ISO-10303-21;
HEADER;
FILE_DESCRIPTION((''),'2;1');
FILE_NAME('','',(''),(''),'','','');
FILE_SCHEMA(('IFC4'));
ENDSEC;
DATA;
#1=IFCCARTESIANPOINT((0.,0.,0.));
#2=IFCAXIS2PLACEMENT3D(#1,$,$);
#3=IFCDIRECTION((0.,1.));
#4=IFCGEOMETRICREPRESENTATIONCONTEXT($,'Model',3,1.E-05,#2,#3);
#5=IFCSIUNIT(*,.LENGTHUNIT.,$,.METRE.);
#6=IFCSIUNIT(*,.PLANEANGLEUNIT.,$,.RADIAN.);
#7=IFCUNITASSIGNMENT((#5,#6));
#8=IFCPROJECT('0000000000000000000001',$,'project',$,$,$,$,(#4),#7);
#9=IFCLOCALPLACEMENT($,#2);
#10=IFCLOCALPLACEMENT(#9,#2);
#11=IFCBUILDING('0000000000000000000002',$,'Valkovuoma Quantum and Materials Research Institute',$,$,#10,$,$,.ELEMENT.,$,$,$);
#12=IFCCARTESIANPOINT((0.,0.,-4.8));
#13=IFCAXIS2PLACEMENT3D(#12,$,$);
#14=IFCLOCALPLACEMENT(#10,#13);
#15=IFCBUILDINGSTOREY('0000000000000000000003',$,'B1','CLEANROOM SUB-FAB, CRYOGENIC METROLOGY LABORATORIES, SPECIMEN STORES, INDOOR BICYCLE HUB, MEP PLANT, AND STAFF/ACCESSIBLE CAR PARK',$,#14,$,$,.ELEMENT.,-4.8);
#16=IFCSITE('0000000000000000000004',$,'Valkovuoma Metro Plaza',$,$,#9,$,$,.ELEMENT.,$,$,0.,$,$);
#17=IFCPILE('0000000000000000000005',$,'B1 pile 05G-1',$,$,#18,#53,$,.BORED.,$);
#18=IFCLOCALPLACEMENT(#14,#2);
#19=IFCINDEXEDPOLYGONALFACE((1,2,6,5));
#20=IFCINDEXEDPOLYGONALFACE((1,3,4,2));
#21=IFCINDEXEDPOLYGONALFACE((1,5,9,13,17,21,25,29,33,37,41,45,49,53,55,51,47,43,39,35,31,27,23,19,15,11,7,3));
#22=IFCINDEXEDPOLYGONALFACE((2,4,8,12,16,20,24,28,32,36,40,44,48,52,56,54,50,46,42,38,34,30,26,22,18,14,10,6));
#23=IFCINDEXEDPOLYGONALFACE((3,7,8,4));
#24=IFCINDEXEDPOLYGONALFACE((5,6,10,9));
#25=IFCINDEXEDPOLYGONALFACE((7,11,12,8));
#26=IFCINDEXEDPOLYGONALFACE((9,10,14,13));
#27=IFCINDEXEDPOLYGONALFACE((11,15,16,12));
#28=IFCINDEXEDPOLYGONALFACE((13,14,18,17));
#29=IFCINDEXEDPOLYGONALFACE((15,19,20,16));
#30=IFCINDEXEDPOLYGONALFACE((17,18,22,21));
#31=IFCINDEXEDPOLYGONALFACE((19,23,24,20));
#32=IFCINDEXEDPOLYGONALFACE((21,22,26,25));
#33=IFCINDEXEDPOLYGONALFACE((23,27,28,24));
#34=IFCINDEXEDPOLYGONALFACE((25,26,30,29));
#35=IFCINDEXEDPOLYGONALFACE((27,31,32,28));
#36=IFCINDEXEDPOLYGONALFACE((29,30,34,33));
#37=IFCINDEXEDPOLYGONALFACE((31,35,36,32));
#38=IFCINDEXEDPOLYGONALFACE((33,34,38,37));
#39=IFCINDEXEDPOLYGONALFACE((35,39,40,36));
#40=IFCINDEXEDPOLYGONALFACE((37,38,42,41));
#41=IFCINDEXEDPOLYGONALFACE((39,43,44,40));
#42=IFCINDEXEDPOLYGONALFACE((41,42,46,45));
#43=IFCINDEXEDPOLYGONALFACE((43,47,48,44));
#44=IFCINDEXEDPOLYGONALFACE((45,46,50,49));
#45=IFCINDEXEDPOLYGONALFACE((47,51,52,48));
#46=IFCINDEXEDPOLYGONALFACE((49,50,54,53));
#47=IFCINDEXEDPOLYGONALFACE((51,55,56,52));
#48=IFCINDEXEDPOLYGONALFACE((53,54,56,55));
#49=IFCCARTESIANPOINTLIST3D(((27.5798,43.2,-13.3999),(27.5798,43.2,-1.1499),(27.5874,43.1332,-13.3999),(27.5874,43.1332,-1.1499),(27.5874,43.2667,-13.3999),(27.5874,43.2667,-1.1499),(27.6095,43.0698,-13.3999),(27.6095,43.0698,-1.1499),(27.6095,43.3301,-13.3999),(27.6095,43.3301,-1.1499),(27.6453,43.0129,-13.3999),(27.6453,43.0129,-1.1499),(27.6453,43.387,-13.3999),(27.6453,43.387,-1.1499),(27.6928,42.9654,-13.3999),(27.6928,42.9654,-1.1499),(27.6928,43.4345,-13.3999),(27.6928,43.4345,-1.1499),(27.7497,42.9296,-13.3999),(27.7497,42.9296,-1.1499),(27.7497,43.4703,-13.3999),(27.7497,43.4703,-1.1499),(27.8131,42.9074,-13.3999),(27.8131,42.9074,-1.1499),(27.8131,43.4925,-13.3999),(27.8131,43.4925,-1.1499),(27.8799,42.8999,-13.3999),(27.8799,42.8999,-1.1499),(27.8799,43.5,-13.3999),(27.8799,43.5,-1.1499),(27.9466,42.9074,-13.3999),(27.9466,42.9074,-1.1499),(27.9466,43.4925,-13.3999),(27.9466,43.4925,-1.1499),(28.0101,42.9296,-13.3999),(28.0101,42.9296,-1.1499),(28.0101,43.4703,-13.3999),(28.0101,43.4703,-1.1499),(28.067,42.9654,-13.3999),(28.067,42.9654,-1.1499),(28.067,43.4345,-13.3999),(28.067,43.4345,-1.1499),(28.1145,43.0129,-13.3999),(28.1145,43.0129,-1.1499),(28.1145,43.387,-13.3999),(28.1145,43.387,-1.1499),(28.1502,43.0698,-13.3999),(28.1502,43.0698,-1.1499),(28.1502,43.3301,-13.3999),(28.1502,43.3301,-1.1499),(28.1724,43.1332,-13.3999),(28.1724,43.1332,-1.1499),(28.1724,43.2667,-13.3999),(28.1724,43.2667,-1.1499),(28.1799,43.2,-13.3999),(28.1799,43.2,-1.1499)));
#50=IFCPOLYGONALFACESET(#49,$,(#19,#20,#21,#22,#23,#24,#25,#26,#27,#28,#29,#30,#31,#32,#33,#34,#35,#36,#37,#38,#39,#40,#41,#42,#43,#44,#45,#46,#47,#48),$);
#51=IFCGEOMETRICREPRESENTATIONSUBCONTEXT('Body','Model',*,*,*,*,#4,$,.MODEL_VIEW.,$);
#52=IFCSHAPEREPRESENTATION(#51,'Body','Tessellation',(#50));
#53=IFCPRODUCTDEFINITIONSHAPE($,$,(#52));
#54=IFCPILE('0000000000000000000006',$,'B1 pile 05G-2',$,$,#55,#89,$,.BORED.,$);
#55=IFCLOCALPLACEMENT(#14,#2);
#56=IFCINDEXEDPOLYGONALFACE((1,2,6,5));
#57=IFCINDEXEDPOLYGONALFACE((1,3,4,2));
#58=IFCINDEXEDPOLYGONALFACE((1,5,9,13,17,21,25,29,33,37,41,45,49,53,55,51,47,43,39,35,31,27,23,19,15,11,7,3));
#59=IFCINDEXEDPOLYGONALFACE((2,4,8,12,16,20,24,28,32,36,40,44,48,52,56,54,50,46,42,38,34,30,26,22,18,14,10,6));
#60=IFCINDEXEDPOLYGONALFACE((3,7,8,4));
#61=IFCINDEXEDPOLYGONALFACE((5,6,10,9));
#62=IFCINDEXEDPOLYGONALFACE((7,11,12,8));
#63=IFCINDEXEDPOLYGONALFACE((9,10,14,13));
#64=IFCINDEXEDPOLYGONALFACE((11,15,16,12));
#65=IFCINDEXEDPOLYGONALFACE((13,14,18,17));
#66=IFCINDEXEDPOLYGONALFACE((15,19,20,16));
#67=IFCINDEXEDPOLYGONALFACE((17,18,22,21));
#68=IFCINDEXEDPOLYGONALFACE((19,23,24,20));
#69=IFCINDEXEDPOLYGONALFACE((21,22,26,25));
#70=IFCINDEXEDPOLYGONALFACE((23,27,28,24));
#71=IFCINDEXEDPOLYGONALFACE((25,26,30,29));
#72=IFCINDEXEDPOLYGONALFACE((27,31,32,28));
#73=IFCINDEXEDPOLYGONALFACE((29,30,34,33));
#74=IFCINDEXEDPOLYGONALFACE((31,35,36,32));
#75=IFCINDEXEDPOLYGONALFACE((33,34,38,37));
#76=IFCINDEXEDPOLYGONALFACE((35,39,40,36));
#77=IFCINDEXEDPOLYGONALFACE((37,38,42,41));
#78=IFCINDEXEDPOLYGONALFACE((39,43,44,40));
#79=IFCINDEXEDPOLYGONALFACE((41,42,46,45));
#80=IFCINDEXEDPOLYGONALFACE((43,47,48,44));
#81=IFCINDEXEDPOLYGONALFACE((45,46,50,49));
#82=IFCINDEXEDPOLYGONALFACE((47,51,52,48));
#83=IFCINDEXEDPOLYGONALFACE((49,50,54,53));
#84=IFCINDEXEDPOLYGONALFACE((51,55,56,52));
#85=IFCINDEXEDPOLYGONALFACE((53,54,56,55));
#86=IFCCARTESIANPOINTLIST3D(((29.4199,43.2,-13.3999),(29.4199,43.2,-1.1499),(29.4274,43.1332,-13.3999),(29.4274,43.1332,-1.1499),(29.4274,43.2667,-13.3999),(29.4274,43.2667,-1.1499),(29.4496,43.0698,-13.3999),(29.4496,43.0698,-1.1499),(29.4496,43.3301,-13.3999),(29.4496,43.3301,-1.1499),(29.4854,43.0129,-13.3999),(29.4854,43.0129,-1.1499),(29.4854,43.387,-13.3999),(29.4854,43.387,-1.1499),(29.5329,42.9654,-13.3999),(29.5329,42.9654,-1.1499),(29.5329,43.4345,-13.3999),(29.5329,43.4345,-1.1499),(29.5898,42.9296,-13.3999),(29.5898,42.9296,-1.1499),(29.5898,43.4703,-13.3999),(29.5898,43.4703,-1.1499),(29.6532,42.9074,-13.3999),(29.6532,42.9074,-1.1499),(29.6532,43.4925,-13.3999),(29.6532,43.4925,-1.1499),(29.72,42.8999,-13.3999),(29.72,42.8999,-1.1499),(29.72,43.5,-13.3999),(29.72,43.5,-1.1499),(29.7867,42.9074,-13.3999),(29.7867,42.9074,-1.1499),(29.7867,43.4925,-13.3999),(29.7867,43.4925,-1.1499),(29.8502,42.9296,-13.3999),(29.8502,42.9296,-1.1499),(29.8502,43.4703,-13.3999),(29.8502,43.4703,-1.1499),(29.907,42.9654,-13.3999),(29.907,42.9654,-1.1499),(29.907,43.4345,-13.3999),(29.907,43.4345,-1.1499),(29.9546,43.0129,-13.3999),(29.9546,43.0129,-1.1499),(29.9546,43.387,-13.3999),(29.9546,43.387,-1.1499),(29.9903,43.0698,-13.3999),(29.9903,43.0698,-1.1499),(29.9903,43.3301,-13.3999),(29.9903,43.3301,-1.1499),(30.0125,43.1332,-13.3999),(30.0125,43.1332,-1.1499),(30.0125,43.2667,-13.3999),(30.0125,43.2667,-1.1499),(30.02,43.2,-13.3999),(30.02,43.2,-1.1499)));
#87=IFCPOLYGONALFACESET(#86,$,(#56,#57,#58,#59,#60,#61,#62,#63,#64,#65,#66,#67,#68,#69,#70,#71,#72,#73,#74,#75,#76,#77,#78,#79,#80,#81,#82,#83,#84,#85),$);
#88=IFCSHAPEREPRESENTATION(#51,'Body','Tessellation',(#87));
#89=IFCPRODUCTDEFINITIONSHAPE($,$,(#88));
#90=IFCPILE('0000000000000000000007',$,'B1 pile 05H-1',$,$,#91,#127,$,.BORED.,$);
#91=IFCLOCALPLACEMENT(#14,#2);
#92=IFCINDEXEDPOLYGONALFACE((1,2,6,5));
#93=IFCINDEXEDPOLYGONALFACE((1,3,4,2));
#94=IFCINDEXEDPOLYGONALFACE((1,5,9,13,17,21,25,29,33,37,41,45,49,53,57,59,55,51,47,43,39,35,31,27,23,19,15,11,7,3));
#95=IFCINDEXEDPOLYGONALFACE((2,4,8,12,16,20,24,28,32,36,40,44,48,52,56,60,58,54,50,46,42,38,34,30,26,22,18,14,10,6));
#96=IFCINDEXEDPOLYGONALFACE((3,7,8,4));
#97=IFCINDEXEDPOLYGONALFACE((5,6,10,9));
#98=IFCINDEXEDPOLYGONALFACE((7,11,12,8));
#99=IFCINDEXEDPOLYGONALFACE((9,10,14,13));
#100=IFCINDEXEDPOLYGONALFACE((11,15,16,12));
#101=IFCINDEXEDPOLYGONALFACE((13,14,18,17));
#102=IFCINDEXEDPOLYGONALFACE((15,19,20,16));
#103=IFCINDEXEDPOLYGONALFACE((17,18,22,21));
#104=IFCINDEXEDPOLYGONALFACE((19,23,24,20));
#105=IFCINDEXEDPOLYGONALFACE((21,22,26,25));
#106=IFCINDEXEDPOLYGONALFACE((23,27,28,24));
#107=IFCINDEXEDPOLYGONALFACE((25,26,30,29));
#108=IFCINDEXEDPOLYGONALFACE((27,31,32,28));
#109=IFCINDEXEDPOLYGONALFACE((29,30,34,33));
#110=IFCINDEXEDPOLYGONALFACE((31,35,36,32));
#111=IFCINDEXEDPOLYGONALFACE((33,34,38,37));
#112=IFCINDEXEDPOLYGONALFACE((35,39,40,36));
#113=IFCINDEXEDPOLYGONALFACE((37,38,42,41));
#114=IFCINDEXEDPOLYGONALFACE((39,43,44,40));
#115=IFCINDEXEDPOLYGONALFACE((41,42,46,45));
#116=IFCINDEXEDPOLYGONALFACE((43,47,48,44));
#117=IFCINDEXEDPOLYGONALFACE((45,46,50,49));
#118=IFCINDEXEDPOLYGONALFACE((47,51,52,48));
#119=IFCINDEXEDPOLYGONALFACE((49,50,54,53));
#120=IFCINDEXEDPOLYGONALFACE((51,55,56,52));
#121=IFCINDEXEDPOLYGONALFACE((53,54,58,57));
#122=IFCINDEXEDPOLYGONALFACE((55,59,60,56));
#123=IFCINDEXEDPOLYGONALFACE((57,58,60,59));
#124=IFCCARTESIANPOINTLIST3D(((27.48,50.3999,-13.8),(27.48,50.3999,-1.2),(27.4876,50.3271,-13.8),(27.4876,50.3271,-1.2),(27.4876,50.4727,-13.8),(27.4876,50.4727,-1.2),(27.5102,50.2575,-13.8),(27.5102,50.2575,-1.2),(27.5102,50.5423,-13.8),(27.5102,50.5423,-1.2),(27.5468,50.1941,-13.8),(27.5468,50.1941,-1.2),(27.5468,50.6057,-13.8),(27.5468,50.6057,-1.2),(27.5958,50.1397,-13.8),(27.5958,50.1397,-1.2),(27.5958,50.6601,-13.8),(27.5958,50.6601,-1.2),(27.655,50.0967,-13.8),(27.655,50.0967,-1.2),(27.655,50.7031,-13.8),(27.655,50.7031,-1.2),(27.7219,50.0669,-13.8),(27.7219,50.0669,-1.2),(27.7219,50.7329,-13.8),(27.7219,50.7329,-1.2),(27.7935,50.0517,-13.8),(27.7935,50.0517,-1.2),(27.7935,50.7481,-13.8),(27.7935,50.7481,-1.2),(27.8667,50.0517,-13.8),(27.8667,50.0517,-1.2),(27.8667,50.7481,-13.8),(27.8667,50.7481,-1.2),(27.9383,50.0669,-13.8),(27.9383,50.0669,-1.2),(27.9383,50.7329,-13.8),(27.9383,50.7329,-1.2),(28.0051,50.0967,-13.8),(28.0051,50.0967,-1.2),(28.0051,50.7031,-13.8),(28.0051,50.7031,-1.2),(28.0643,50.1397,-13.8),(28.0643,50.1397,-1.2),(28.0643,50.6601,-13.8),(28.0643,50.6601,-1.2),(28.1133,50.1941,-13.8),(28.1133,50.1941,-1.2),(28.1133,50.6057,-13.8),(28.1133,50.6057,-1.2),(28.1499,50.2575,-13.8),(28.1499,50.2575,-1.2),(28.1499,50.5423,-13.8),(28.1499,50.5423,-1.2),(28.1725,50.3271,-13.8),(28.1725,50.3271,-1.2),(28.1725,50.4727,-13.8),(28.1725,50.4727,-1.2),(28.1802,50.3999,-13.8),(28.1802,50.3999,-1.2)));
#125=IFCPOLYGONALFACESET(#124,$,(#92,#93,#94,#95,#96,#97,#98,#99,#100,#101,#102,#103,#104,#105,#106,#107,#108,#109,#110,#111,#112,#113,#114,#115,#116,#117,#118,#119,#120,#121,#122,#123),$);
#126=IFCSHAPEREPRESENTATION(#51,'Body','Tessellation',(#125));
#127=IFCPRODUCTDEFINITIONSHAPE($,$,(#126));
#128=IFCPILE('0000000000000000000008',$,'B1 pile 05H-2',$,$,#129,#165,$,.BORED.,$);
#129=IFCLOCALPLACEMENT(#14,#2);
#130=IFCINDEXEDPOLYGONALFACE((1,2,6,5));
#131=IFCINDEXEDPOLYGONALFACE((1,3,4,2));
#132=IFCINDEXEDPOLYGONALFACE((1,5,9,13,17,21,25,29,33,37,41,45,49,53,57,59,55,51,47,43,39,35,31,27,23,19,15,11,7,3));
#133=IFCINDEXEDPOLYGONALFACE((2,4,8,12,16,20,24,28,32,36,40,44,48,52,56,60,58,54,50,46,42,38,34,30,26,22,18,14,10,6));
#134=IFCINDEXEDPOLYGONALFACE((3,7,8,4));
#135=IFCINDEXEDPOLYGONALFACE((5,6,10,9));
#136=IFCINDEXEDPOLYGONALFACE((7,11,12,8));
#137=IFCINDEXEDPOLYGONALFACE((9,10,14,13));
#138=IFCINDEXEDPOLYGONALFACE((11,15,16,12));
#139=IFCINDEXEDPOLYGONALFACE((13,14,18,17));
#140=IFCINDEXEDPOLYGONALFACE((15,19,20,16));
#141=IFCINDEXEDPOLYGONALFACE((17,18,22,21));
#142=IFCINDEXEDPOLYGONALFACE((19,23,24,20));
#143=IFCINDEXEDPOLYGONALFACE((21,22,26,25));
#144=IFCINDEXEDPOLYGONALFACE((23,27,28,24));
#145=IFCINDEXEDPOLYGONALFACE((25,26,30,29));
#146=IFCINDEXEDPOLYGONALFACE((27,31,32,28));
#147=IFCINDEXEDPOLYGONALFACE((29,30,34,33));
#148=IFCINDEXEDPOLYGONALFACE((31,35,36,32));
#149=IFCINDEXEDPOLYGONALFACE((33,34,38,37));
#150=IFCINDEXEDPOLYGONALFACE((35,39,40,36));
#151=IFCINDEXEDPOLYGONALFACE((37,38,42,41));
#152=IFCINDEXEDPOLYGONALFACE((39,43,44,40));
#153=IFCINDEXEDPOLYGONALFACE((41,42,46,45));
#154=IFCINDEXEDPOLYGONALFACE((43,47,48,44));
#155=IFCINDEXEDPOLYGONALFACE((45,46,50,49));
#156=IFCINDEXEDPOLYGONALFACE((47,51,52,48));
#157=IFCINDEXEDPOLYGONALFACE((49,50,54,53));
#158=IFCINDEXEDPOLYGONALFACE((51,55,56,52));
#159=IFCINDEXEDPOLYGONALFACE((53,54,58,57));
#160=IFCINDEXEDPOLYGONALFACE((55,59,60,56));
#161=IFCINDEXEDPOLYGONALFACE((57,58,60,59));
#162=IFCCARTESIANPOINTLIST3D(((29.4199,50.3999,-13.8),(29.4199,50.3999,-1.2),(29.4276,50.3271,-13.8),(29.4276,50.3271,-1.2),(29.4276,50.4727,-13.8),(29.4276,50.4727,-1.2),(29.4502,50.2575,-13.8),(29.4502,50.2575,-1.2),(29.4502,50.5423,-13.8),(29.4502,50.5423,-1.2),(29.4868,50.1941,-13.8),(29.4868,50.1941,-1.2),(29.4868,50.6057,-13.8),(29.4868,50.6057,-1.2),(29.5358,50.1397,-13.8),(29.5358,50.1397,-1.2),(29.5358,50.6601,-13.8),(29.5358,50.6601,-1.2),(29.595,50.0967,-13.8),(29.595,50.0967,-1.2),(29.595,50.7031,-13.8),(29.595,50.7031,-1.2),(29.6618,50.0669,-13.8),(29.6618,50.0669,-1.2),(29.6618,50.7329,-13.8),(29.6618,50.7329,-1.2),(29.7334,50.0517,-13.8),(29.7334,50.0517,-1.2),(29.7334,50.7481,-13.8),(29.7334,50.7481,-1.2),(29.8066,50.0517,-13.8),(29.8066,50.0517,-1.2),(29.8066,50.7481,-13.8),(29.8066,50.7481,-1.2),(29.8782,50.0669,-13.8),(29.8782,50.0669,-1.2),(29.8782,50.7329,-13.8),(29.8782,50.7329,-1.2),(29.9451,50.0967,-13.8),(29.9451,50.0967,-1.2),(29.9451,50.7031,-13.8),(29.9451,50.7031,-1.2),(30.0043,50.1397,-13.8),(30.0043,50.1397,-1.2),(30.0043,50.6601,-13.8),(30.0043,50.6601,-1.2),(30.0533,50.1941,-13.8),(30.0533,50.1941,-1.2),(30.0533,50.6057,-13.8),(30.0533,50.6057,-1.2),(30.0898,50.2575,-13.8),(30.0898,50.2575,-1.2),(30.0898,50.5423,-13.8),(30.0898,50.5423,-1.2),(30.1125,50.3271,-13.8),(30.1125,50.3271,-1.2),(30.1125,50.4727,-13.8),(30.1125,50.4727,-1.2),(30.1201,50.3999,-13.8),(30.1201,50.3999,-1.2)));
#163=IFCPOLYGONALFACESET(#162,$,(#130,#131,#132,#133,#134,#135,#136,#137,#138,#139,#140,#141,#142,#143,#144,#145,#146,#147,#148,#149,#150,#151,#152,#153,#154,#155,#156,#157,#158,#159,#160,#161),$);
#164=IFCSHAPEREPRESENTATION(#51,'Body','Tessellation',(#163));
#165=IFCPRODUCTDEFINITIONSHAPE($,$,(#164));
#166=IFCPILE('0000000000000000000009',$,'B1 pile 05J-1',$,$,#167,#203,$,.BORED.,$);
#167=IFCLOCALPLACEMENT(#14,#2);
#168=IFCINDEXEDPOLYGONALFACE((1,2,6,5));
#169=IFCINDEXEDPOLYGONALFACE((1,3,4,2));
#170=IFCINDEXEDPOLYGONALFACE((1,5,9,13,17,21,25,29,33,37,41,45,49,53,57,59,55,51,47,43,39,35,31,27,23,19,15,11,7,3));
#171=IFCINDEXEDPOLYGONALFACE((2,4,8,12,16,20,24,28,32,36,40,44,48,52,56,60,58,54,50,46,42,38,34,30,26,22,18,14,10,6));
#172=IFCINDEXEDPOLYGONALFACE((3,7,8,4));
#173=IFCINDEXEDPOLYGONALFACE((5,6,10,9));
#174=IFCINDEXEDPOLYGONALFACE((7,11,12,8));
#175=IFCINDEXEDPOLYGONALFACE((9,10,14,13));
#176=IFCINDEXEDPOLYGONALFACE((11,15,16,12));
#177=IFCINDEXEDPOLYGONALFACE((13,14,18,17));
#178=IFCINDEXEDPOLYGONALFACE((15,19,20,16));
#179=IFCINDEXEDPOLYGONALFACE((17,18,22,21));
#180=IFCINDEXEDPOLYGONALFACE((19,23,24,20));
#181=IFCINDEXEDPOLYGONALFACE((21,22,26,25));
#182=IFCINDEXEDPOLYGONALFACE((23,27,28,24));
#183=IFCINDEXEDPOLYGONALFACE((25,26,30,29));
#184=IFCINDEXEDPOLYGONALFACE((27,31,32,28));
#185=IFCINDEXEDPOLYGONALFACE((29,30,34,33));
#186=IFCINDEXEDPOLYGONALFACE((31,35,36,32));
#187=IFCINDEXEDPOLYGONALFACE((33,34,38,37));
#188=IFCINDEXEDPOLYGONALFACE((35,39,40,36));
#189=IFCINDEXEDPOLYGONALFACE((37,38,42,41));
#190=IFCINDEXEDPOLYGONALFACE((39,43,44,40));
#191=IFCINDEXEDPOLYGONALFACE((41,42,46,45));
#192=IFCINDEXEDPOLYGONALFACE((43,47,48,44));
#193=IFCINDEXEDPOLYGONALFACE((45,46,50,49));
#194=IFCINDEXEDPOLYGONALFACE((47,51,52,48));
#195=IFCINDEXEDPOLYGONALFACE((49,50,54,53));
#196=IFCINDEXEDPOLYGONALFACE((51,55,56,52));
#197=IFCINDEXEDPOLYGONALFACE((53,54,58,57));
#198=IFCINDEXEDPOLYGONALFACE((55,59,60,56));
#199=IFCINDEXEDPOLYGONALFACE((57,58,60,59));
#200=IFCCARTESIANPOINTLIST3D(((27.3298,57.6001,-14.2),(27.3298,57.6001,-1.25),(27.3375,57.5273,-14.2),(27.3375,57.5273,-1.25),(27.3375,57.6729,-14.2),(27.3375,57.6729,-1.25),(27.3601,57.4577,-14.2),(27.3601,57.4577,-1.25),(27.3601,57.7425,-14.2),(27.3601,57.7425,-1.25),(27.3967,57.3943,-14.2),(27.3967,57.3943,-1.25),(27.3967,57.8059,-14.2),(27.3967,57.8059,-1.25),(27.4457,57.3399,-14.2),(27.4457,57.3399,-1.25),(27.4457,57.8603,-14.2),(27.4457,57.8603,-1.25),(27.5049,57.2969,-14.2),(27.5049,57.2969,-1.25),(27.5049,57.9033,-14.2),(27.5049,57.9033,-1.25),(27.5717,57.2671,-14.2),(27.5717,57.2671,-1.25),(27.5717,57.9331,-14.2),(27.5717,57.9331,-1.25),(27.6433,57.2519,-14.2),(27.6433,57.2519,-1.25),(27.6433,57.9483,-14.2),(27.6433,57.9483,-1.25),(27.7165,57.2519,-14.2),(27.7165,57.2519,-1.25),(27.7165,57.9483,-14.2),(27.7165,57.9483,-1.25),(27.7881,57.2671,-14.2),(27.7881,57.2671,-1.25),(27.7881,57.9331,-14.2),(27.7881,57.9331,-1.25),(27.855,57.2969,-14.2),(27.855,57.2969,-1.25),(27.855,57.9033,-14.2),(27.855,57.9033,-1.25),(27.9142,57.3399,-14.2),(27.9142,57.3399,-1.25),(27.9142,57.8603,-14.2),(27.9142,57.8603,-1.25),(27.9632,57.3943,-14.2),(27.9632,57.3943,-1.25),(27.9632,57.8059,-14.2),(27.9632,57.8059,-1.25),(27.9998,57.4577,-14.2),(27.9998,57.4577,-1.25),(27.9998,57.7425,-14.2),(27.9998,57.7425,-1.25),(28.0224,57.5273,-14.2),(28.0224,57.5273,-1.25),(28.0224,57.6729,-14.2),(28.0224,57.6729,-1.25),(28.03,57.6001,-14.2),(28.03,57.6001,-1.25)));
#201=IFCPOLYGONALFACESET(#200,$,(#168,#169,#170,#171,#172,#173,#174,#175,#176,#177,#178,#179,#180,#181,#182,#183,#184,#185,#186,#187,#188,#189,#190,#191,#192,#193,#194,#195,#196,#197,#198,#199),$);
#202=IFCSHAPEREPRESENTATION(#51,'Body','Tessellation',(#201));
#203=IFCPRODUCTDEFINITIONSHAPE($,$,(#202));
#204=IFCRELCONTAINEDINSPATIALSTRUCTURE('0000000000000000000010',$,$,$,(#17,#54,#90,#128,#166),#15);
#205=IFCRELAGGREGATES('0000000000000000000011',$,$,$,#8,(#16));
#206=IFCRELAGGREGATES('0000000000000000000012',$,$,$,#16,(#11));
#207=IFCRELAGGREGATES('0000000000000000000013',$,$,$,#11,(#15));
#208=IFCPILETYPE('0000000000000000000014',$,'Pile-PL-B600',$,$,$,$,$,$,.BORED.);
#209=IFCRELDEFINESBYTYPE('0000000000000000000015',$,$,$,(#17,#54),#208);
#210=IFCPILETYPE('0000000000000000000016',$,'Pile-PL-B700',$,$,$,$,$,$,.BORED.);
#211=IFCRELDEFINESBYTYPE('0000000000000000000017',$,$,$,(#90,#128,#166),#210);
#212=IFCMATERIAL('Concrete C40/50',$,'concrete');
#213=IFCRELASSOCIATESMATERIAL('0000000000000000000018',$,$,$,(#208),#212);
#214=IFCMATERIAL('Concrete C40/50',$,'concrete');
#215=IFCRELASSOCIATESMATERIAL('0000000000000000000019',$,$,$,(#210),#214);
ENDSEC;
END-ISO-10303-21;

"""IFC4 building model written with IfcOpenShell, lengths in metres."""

from ifc_helpers import new_model, si_unit, direction, frame, origin, origin_2d, place, context, subcontext, project, spatial, circle, extrude, material, material_profile, profile_set, type_object, element, save


model = new_model("IFC4")

# Units and contexts
model_context = context("Model", 3, precision=1e-05, world=origin(), true_north=direction((0.0, 1.0)))
body_context = subcontext(model_context, "Body", "Model", "MODEL_VIEW")
ifc_project = project(units=[si_unit("LENGTHUNIT", "METRE"), si_unit("PLANEANGLEUNIT", "RADIAN")], contexts=[model_context])

# Site, building, storey
site_placement = place(None, origin())
site = spatial("IfcSite", under=ifc_project, at=site_placement, Name="Valkovuoma Metro Plaza", CompositionType="ELEMENT", RefElevation=0.0)
building_placement = place(site_placement, origin())
building = spatial("IfcBuilding", under=site, at=building_placement, Name="Valkovuoma Quantum and Materials Research Institute", CompositionType="ELEMENT")
storey_placement = place(building_placement, frame((0.0, 0.0, -4.8)))
storey = spatial("IfcBuildingStorey", under=building, at=storey_placement, Name="B1", Description="CLEANROOM SUB-FAB, CRYOGENIC METROLOGY LABORATORIES, SPECIMEN STORES, INDOOR BICYCLE HUB, MEP PLANT, AND STAFF/ACCESSIBLE CAR PARK", CompositionType="ELEMENT", Elevation=-4.8)

# Piles
ifc_material_1 = material(Name="Concrete C40/50", Category="concrete")
ifc_material_profile_1 = material_profile(ifc_material_1, circle(Radius=0.3, at=origin_2d()), Name="Concrete C40/50")
ifc_profile_set_1 = profile_set([ifc_material_profile_1], Name="Concrete C40/50")
pile_type_1 = type_object("IfcPileType", Name="Pile-PL-B600", PredefinedType="BORED", material=ifc_profile_set_1)
for number, where, z_axis, x_axis, name in (
    (1, (27.8799, 43.2, -1.1499), (0.0, 0.0, -1.0), (1.0, 0.0, 0.0), "B1 pile 05G-1"),
    (2, (29.72, 43.2, -1.1499), (0.0, 0.0, -1.0), (1.0, 0.0, 0.0), "B1 pile 05G-2"),
):
    element("IfcPile", number, at=place(storey_placement, frame(where, z_axis=z_axis, x_axis=x_axis)), inside=storey, type_object=pile_type_1, Name=name, PredefinedType="BORED", context=body_context, shape_type="SweptSolid", body=[
        extrude(circle(Radius=0.3, at=origin_2d()), origin(), (0.0, 0.0, 1.0), 12.25),
    ])
ifc_material_2 = material(Name="Concrete C40/50", Category="concrete")
ifc_material_profile_2 = material_profile(ifc_material_2, circle(Radius=0.3501, at=origin_2d()), Name="Concrete C40/50")
ifc_profile_set_2 = profile_set([ifc_material_profile_2], Name="Concrete C40/50")
pile_type_2 = type_object("IfcPileType", Name="Pile-PL-B700", PredefinedType="BORED", material=ifc_profile_set_2)
for number, where, z_axis, x_axis, name in (
    (3, (27.8301, 50.3999, -1.2), (0.0, 0.0, -1.0), (1.0, 0.0, 0.0), "B1 pile 05H-1"),
    (4, (29.77, 50.3999, -1.2), (0.0, 0.0, -1.0), (1.0, 0.0, 0.0), "B1 pile 05H-2"),
):
    element("IfcPile", number, at=place(storey_placement, frame(where, z_axis=z_axis, x_axis=x_axis)), inside=storey, type_object=pile_type_2, Name=name, PredefinedType="BORED", context=body_context, shape_type="SweptSolid", body=[
        extrude(circle(Radius=0.3501, at=origin_2d()), origin(), (0.0, 0.0, 1.0), 12.6001),
    ])
pile_1_placement = place(storey_placement, frame((27.6799, 57.6001, -1.25), z_axis=(0.0, 0.0, -1.0), x_axis=(1.0, 0.0, 0.0)))
element("IfcPile", 5, at=pile_1_placement, inside=storey, type_object=pile_type_2, Name="B1 pile 05J-1", PredefinedType="BORED", context=body_context, shape_type="SweptSolid", body=[
    extrude(circle(Radius=0.3501, at=origin_2d()), origin(), (0.0, 0.0, 1.0), 12.95),
])

save(model, "model.ifc")
